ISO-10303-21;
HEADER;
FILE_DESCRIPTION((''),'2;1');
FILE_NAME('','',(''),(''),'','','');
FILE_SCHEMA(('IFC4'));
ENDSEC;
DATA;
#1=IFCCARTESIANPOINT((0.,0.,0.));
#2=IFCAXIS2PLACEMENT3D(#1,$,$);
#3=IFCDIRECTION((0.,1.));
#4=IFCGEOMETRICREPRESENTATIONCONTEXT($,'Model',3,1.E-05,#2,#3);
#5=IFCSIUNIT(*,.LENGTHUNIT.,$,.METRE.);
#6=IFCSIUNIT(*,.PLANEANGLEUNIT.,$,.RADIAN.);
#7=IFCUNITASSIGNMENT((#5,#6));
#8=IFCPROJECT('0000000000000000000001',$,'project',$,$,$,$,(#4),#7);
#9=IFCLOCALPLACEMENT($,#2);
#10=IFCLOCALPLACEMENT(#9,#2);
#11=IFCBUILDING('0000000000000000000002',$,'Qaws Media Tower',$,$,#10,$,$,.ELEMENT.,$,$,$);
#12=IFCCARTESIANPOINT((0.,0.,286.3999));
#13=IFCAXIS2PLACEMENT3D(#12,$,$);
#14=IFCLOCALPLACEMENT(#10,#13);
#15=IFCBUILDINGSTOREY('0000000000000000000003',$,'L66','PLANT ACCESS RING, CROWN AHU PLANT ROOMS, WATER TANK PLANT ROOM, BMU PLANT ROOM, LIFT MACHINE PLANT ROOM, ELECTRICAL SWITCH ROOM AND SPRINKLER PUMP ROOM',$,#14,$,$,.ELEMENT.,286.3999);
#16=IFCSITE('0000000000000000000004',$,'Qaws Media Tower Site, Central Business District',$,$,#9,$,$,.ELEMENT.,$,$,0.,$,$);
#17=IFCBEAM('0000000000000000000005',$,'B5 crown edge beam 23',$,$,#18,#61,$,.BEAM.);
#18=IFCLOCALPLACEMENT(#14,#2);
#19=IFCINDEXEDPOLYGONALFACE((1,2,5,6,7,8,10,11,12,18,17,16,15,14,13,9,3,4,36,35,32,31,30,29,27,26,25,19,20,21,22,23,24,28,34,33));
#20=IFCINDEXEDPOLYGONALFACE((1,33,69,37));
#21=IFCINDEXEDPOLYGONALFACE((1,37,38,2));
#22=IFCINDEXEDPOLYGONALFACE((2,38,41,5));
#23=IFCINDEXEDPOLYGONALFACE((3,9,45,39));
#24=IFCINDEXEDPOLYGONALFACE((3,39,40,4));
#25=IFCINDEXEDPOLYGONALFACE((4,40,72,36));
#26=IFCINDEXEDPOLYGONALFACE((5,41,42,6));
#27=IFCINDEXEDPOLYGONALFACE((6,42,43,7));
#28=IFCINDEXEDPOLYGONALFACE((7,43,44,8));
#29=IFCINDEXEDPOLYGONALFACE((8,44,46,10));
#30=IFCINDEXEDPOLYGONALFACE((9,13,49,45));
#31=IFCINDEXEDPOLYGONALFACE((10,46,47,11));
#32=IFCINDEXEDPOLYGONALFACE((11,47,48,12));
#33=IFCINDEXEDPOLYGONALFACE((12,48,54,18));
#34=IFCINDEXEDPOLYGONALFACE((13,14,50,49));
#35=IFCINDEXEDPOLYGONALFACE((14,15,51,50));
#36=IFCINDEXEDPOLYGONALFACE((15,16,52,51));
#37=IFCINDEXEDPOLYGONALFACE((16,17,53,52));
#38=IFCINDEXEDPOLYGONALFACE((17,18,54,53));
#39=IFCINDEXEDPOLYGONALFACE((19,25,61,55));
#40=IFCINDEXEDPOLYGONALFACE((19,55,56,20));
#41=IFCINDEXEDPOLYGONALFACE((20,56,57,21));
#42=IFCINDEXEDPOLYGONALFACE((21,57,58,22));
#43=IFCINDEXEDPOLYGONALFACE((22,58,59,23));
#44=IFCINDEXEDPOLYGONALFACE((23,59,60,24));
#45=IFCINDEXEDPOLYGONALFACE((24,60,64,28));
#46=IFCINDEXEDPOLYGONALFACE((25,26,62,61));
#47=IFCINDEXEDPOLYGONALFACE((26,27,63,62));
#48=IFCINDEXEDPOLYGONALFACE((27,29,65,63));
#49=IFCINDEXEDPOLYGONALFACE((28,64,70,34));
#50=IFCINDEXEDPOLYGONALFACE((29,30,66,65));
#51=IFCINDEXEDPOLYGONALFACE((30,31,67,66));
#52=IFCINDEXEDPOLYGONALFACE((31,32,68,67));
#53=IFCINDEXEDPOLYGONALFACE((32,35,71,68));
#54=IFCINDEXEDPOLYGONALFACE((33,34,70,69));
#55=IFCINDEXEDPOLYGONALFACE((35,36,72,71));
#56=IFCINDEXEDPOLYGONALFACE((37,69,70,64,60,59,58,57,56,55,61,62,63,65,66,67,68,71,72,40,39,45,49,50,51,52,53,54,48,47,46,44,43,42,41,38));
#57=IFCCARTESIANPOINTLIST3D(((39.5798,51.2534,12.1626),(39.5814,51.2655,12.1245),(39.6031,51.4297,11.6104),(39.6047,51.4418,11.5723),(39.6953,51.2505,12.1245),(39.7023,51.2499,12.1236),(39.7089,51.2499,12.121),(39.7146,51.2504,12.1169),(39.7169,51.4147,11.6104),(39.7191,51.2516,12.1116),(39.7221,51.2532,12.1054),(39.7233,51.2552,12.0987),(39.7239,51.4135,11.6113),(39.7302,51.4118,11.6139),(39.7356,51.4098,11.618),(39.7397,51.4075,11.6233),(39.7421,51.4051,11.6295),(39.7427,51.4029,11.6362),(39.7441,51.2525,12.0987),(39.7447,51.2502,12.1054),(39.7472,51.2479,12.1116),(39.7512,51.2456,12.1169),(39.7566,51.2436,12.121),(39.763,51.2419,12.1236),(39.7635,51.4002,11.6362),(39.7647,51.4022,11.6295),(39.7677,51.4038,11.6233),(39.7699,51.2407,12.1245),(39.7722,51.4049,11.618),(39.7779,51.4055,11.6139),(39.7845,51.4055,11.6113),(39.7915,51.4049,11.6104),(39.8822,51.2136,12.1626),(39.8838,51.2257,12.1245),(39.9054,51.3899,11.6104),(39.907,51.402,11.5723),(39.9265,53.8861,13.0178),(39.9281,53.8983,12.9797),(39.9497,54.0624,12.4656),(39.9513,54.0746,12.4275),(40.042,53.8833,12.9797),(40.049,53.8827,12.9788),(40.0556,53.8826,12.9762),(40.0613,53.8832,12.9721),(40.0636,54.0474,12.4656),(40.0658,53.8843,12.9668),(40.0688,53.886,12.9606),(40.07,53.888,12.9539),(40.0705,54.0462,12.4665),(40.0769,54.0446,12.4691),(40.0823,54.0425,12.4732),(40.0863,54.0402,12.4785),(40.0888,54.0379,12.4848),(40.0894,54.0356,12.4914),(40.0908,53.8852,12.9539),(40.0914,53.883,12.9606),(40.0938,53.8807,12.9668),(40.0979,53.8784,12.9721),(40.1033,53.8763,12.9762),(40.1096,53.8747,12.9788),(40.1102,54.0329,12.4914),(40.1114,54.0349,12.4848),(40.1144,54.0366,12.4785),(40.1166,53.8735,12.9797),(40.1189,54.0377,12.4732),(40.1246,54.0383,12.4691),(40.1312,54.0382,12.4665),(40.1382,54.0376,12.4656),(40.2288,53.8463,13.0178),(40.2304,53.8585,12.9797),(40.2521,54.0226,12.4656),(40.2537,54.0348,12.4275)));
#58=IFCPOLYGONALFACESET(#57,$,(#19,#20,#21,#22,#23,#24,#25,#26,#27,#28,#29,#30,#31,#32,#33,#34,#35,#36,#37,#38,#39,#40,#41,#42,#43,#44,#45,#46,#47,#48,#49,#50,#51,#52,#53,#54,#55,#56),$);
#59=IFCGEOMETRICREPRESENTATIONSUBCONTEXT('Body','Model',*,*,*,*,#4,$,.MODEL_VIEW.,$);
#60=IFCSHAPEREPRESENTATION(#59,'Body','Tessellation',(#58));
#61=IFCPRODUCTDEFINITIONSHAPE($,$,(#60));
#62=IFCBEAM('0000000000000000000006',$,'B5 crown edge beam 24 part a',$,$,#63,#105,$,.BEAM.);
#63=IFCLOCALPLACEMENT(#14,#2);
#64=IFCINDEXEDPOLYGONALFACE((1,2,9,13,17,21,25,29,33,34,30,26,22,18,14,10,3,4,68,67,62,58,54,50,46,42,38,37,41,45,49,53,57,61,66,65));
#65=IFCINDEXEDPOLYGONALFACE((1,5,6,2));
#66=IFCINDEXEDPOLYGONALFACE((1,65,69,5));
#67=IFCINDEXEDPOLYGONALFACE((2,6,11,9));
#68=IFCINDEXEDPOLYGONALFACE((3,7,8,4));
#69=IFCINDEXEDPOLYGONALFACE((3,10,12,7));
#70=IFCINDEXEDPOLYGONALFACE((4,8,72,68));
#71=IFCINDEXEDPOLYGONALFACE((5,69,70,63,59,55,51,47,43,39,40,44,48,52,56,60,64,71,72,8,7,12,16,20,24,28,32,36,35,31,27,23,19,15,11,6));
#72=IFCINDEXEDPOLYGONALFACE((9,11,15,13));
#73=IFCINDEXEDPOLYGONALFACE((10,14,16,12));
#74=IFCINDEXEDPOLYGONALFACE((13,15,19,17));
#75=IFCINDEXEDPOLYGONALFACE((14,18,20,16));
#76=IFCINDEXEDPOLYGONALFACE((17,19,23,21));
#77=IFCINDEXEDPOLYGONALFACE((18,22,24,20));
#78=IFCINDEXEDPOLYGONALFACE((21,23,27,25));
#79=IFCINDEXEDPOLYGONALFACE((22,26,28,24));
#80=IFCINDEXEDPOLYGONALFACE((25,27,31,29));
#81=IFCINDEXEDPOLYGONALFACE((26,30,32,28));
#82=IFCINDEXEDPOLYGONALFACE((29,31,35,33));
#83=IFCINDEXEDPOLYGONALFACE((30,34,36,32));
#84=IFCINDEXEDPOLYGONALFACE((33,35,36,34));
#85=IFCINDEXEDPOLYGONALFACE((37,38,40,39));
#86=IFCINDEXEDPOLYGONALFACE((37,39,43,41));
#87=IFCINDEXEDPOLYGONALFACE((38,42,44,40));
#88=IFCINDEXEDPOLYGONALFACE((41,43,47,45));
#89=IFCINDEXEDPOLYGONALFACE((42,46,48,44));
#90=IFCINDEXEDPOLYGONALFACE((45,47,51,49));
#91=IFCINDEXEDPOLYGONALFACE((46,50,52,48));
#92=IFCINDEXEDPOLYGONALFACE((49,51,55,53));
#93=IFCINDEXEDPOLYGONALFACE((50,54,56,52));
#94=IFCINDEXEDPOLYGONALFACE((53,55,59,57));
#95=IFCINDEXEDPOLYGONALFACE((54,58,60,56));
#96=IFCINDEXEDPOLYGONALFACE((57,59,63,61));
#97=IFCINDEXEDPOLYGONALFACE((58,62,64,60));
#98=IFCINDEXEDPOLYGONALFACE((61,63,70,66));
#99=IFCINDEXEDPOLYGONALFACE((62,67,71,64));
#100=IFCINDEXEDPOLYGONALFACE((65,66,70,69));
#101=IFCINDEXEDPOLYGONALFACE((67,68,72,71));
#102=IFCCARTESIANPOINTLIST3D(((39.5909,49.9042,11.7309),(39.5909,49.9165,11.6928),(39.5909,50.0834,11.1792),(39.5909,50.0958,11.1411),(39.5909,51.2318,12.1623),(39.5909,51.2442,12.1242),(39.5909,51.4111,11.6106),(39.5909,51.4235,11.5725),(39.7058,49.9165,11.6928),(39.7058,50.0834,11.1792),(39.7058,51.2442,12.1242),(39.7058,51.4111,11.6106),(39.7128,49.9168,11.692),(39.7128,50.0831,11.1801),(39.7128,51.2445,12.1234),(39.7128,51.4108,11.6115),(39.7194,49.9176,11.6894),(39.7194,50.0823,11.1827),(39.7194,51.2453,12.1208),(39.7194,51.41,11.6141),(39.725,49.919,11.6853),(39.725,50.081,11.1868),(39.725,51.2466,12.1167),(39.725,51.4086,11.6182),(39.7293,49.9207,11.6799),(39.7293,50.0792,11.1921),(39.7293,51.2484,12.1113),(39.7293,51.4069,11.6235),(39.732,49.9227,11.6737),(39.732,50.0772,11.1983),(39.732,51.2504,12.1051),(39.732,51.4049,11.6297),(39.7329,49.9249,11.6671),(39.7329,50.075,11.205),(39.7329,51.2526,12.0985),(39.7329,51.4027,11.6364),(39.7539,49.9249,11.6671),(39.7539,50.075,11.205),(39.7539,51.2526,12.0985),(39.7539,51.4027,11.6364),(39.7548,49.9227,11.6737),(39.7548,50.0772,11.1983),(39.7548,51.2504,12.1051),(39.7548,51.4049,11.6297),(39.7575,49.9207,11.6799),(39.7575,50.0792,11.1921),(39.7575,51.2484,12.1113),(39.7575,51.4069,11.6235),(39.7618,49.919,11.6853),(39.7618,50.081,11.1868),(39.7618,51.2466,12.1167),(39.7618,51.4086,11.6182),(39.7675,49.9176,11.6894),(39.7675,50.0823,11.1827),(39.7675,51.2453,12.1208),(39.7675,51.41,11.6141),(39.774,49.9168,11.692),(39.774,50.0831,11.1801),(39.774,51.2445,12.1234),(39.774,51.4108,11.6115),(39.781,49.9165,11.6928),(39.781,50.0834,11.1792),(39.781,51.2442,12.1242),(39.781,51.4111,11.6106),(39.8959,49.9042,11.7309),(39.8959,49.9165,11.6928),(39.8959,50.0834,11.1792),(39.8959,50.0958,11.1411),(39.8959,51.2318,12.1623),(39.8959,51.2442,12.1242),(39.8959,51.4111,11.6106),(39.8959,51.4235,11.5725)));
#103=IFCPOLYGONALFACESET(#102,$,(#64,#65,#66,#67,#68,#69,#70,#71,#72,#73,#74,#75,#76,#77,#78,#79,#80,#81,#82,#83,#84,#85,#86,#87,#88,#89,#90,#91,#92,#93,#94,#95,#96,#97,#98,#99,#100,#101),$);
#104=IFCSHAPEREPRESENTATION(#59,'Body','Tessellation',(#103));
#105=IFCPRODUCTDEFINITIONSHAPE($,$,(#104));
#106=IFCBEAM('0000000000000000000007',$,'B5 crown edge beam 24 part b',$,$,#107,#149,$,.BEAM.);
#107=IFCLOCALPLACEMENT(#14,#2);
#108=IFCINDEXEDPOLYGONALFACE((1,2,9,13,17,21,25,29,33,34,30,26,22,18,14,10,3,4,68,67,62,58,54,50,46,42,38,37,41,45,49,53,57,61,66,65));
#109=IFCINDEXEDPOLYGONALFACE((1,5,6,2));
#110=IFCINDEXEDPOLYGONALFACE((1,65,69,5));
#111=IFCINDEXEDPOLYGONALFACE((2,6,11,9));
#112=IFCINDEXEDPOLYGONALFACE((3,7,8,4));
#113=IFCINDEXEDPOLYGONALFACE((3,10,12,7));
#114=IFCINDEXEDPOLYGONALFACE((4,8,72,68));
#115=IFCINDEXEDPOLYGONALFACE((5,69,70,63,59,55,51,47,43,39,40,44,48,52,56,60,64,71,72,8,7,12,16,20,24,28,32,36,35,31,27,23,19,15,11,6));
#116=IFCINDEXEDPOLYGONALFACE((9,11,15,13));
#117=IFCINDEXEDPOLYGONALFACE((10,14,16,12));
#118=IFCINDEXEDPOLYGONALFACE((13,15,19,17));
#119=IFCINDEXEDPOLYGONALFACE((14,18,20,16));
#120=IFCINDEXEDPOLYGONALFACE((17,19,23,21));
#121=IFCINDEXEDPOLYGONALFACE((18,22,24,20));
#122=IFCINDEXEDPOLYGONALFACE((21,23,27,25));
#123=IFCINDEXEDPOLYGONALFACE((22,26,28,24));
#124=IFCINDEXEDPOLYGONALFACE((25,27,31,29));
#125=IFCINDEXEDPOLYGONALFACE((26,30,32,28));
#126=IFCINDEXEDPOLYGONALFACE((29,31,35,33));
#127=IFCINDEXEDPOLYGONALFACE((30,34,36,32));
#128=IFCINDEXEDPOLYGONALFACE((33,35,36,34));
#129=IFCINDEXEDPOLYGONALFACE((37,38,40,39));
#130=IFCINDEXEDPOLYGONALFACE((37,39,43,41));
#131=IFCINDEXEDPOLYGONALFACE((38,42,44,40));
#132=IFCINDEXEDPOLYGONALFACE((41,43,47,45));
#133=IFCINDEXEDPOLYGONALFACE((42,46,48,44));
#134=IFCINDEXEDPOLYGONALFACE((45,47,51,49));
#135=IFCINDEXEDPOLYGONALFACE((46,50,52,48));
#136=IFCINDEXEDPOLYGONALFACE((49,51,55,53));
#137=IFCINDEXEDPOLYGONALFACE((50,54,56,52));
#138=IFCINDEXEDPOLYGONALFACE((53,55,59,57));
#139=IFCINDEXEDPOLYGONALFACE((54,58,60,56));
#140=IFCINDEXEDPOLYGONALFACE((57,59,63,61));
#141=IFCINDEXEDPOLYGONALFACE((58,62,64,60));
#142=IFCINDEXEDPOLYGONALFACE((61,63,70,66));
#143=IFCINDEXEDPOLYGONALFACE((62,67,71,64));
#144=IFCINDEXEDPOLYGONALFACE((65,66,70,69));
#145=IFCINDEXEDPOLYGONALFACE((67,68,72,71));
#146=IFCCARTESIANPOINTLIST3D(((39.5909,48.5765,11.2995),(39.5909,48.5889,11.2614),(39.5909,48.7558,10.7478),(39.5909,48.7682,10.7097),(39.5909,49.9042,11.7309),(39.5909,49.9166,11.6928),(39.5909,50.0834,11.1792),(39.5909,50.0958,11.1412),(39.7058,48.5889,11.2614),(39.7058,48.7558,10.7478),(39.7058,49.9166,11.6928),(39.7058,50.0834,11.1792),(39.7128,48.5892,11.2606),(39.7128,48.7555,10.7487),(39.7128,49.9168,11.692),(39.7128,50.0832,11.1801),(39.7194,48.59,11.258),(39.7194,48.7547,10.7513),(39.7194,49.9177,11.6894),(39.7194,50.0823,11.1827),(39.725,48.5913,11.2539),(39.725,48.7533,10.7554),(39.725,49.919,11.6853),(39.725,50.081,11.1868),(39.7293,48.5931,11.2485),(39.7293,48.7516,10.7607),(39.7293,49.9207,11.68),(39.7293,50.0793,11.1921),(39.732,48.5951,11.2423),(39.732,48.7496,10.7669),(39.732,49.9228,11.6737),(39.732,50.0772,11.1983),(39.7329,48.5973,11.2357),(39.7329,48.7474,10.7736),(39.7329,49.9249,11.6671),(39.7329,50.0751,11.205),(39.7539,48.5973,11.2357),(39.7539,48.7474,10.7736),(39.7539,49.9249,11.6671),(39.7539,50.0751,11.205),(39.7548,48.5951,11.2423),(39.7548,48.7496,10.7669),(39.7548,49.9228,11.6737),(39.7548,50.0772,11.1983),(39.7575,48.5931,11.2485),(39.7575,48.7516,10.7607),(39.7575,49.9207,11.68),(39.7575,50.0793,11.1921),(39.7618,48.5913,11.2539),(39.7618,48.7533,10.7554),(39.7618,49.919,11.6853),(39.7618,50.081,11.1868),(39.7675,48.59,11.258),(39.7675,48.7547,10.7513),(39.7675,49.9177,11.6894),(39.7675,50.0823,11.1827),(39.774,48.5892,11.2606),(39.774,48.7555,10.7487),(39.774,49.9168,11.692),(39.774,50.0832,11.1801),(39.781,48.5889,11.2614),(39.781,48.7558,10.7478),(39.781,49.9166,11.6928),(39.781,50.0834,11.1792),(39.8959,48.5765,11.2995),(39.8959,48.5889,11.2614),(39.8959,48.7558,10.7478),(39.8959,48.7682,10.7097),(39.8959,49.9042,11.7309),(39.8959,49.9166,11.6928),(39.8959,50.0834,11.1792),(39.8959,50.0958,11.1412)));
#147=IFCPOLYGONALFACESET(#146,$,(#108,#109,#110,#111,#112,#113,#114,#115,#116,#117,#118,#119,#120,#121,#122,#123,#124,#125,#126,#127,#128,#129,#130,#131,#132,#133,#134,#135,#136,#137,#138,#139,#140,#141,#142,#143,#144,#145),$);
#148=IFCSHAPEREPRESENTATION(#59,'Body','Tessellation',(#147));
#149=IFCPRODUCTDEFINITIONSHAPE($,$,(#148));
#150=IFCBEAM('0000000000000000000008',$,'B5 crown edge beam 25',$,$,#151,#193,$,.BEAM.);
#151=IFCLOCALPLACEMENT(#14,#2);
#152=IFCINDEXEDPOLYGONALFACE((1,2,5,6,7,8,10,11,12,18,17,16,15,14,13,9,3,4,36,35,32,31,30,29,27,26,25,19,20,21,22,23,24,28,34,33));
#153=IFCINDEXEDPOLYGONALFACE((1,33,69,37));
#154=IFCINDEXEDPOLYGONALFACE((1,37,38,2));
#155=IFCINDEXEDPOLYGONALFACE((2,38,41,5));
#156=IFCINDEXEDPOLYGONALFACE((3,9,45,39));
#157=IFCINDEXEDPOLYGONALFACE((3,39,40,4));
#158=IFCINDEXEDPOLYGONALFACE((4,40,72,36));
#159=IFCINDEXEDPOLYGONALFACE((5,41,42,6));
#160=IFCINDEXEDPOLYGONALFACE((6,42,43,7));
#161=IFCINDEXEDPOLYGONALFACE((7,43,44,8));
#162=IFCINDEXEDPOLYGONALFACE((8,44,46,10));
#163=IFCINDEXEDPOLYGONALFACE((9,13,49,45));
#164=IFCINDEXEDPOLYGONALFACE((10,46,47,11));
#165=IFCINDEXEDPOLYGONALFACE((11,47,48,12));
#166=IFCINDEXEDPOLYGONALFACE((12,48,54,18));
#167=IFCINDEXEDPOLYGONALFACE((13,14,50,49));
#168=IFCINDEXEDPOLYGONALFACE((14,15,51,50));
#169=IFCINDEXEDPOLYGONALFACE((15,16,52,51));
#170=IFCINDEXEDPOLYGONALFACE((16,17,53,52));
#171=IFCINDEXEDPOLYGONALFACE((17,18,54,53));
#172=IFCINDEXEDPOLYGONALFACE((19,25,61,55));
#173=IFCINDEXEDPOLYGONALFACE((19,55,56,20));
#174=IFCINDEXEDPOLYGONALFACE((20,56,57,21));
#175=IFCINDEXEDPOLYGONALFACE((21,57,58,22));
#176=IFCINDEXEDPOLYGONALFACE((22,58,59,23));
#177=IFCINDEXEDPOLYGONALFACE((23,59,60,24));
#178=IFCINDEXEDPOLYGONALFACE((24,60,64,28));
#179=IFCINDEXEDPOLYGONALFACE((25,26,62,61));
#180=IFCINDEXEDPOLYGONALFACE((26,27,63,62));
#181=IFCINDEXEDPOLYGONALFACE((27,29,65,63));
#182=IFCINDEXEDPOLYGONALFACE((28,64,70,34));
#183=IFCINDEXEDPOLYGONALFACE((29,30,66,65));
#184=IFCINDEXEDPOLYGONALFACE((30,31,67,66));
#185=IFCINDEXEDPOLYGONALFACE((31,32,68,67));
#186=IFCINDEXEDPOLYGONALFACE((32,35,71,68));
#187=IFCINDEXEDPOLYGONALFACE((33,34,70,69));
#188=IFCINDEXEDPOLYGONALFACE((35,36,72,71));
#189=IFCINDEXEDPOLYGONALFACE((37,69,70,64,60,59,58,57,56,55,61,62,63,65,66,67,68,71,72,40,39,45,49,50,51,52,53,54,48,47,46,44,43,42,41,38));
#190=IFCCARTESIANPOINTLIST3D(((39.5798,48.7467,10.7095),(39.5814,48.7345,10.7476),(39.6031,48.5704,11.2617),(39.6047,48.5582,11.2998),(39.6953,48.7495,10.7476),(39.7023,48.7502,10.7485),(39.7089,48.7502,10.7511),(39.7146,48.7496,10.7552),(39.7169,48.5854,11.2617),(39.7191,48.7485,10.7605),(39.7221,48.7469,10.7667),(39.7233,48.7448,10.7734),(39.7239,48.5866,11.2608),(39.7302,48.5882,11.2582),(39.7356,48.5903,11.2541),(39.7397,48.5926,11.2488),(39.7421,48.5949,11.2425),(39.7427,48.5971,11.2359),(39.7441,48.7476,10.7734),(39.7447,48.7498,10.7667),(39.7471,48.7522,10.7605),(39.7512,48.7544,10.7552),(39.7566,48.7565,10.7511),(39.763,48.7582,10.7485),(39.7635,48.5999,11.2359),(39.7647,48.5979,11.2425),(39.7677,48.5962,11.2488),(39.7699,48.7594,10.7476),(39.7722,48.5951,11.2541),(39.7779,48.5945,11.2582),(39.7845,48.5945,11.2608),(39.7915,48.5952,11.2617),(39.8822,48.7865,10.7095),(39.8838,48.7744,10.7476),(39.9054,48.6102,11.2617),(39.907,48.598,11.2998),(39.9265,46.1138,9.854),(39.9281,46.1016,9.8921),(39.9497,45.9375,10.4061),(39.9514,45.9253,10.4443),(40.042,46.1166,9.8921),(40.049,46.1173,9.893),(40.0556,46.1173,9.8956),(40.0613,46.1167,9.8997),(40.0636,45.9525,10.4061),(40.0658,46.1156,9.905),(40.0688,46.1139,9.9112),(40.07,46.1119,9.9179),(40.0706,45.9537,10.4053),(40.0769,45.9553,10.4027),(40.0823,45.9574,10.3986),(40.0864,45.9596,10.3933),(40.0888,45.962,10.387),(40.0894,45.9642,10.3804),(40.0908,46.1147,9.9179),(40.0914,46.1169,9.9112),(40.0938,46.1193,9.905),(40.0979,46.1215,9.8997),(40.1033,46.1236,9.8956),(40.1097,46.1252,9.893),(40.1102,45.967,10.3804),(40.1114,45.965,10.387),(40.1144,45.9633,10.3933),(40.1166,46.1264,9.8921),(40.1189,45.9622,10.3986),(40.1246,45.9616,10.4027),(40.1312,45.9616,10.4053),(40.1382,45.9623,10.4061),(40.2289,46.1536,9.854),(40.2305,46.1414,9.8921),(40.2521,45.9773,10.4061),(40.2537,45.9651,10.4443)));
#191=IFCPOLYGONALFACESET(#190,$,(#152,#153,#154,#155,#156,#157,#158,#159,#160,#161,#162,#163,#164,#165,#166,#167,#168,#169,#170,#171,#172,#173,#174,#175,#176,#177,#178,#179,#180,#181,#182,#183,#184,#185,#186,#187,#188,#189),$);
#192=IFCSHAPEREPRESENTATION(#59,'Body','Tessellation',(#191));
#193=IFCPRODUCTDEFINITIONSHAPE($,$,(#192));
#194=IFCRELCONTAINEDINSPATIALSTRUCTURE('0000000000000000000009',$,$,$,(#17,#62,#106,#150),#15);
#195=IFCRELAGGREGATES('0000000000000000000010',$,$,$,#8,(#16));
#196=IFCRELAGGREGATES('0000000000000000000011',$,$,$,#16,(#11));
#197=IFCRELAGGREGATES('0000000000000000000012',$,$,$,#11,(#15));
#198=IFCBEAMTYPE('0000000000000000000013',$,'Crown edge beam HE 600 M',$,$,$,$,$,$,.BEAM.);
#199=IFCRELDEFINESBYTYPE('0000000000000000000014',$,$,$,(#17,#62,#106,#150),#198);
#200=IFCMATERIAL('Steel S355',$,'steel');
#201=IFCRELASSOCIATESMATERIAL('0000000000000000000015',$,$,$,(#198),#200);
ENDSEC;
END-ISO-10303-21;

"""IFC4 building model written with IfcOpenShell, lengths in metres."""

from ifc_helpers import new_model, si_unit, direction, frame, origin, origin_2d, place, context, subcontext, project, spatial, i_section, extrude, material, material_profile, profile_set, type_object, element, save


model = new_model("IFC4")

# Units and contexts
model_context = context("Model", 3, precision=1e-05, world=origin(), true_north=direction((0.0, 1.0)))
body_context = subcontext(model_context, "Body", "Model", "MODEL_VIEW")
ifc_project = project(units=[si_unit("LENGTHUNIT", "METRE"), si_unit("PLANEANGLEUNIT", "RADIAN")], contexts=[model_context])

# Site, building, storey
site_placement = place(None, origin())
site = spatial("IfcSite", under=ifc_project, at=site_placement, Name="Qaws Media Tower Site, Central Business District", CompositionType="ELEMENT", RefElevation=0.0)
building_placement = place(site_placement, origin())
building = spatial("IfcBuilding", under=site, at=building_placement, Name="Qaws Media Tower", CompositionType="ELEMENT")
storey_placement = place(building_placement, frame((0.0, 0.0, 286.3999)))
storey = spatial("IfcBuildingStorey", under=building, at=storey_placement, Name="L66", Description="PLANT ACCESS RING, CROWN AHU PLANT ROOMS, WATER TANK PLANT ROOM, BMU PLANT ROOM, LIFT MACHINE PLANT ROOM, ELECTRICAL SWITCH ROOM AND SPRINKLER PUMP ROOM", CompositionType="ELEMENT", Elevation=286.3999)

# Beams
ifc_material_1 = material(Name="Steel S355", Category="steel")
ifc_material_profile_1 = material_profile(ifc_material_1, i_section(OverallWidth=0.3049, OverallDepth=0.6201, WebThickness=0.021, FlangeThickness=0.04, FilletRadius=0.0271, at=origin_2d()), Name="HE 600 M")
ifc_profile_set_1 = profile_set([ifc_material_profile_1], Name="Steel S355")
beam_type_1 = type_object("IfcBeamType", Name="Crown edge beam HE 600 M", PredefinedType="BEAM", material=ifc_profile_set_1)
beam_1_placement = place(storey_placement, frame((40.0901, 53.9604, 12.7227), z_axis=(-0.124264, -0.943709, -0.306548), x_axis=(0.991442, -0.13055, 0.0)))
element("IfcBeam", 1, at=beam_1_placement, inside=storey, type_object=beam_type_1, Name="B5 crown edge beam 23", PredefinedType="BEAM", context=body_context, shape_type="SweptSolid", body=[
    extrude(i_section(OverallWidth=0.3049, OverallDepth=0.6201, WebThickness=0.021, FlangeThickness=0.04, FilletRadius=0.0271, at=origin_2d()), origin(), (0.0, 0.0, 1.0), 2.7898),
])
for number, where, z_axis, x_axis, name in (
    (2, (39.7434, 51.3276, 11.8674), (0.0, -0.951052, -0.309031), (1.0, 0.0, 0.0), "B5 crown edge beam 24 part a"),
    (3, (39.7434, 50.0, 11.436), (0.0, -0.951052, -0.309031), (1.0, 0.0, 0.0), "B5 crown edge beam 24 part b"),
):
    element("IfcBeam", number, at=place(storey_placement, frame(where, z_axis=z_axis, x_axis=x_axis)), inside=storey, type_object=beam_type_1, Name=name, PredefinedType="BEAM", context=body_context, shape_type="SweptSolid", body=[
        extrude(i_section(OverallWidth=0.3049, OverallDepth=0.6201, WebThickness=0.021, FlangeThickness=0.04, FilletRadius=0.0271, at=origin_2d()), origin(), (0.0, 0.0, 1.0), 1.396),
    ])
beam_2_placement = place(storey_placement, frame((39.7434, 48.6724, 11.0046), z_axis=(0.124261, -0.943684, -0.306627), x_axis=(0.991442, 0.13055, 0.0)))
element("IfcBeam", 4, at=beam_2_placement, inside=storey, type_object=beam_type_1, Name="B5 crown edge beam 25", PredefinedType="BEAM", context=body_context, shape_type="SweptSolid", body=[
    extrude(i_section(OverallWidth=0.3049, OverallDepth=0.6201, WebThickness=0.021, FlangeThickness=0.04, FilletRadius=0.0271, at=origin_2d()), origin(), (0.0, 0.0, 1.0), 2.79),
])

save(model, "model.ifc")
